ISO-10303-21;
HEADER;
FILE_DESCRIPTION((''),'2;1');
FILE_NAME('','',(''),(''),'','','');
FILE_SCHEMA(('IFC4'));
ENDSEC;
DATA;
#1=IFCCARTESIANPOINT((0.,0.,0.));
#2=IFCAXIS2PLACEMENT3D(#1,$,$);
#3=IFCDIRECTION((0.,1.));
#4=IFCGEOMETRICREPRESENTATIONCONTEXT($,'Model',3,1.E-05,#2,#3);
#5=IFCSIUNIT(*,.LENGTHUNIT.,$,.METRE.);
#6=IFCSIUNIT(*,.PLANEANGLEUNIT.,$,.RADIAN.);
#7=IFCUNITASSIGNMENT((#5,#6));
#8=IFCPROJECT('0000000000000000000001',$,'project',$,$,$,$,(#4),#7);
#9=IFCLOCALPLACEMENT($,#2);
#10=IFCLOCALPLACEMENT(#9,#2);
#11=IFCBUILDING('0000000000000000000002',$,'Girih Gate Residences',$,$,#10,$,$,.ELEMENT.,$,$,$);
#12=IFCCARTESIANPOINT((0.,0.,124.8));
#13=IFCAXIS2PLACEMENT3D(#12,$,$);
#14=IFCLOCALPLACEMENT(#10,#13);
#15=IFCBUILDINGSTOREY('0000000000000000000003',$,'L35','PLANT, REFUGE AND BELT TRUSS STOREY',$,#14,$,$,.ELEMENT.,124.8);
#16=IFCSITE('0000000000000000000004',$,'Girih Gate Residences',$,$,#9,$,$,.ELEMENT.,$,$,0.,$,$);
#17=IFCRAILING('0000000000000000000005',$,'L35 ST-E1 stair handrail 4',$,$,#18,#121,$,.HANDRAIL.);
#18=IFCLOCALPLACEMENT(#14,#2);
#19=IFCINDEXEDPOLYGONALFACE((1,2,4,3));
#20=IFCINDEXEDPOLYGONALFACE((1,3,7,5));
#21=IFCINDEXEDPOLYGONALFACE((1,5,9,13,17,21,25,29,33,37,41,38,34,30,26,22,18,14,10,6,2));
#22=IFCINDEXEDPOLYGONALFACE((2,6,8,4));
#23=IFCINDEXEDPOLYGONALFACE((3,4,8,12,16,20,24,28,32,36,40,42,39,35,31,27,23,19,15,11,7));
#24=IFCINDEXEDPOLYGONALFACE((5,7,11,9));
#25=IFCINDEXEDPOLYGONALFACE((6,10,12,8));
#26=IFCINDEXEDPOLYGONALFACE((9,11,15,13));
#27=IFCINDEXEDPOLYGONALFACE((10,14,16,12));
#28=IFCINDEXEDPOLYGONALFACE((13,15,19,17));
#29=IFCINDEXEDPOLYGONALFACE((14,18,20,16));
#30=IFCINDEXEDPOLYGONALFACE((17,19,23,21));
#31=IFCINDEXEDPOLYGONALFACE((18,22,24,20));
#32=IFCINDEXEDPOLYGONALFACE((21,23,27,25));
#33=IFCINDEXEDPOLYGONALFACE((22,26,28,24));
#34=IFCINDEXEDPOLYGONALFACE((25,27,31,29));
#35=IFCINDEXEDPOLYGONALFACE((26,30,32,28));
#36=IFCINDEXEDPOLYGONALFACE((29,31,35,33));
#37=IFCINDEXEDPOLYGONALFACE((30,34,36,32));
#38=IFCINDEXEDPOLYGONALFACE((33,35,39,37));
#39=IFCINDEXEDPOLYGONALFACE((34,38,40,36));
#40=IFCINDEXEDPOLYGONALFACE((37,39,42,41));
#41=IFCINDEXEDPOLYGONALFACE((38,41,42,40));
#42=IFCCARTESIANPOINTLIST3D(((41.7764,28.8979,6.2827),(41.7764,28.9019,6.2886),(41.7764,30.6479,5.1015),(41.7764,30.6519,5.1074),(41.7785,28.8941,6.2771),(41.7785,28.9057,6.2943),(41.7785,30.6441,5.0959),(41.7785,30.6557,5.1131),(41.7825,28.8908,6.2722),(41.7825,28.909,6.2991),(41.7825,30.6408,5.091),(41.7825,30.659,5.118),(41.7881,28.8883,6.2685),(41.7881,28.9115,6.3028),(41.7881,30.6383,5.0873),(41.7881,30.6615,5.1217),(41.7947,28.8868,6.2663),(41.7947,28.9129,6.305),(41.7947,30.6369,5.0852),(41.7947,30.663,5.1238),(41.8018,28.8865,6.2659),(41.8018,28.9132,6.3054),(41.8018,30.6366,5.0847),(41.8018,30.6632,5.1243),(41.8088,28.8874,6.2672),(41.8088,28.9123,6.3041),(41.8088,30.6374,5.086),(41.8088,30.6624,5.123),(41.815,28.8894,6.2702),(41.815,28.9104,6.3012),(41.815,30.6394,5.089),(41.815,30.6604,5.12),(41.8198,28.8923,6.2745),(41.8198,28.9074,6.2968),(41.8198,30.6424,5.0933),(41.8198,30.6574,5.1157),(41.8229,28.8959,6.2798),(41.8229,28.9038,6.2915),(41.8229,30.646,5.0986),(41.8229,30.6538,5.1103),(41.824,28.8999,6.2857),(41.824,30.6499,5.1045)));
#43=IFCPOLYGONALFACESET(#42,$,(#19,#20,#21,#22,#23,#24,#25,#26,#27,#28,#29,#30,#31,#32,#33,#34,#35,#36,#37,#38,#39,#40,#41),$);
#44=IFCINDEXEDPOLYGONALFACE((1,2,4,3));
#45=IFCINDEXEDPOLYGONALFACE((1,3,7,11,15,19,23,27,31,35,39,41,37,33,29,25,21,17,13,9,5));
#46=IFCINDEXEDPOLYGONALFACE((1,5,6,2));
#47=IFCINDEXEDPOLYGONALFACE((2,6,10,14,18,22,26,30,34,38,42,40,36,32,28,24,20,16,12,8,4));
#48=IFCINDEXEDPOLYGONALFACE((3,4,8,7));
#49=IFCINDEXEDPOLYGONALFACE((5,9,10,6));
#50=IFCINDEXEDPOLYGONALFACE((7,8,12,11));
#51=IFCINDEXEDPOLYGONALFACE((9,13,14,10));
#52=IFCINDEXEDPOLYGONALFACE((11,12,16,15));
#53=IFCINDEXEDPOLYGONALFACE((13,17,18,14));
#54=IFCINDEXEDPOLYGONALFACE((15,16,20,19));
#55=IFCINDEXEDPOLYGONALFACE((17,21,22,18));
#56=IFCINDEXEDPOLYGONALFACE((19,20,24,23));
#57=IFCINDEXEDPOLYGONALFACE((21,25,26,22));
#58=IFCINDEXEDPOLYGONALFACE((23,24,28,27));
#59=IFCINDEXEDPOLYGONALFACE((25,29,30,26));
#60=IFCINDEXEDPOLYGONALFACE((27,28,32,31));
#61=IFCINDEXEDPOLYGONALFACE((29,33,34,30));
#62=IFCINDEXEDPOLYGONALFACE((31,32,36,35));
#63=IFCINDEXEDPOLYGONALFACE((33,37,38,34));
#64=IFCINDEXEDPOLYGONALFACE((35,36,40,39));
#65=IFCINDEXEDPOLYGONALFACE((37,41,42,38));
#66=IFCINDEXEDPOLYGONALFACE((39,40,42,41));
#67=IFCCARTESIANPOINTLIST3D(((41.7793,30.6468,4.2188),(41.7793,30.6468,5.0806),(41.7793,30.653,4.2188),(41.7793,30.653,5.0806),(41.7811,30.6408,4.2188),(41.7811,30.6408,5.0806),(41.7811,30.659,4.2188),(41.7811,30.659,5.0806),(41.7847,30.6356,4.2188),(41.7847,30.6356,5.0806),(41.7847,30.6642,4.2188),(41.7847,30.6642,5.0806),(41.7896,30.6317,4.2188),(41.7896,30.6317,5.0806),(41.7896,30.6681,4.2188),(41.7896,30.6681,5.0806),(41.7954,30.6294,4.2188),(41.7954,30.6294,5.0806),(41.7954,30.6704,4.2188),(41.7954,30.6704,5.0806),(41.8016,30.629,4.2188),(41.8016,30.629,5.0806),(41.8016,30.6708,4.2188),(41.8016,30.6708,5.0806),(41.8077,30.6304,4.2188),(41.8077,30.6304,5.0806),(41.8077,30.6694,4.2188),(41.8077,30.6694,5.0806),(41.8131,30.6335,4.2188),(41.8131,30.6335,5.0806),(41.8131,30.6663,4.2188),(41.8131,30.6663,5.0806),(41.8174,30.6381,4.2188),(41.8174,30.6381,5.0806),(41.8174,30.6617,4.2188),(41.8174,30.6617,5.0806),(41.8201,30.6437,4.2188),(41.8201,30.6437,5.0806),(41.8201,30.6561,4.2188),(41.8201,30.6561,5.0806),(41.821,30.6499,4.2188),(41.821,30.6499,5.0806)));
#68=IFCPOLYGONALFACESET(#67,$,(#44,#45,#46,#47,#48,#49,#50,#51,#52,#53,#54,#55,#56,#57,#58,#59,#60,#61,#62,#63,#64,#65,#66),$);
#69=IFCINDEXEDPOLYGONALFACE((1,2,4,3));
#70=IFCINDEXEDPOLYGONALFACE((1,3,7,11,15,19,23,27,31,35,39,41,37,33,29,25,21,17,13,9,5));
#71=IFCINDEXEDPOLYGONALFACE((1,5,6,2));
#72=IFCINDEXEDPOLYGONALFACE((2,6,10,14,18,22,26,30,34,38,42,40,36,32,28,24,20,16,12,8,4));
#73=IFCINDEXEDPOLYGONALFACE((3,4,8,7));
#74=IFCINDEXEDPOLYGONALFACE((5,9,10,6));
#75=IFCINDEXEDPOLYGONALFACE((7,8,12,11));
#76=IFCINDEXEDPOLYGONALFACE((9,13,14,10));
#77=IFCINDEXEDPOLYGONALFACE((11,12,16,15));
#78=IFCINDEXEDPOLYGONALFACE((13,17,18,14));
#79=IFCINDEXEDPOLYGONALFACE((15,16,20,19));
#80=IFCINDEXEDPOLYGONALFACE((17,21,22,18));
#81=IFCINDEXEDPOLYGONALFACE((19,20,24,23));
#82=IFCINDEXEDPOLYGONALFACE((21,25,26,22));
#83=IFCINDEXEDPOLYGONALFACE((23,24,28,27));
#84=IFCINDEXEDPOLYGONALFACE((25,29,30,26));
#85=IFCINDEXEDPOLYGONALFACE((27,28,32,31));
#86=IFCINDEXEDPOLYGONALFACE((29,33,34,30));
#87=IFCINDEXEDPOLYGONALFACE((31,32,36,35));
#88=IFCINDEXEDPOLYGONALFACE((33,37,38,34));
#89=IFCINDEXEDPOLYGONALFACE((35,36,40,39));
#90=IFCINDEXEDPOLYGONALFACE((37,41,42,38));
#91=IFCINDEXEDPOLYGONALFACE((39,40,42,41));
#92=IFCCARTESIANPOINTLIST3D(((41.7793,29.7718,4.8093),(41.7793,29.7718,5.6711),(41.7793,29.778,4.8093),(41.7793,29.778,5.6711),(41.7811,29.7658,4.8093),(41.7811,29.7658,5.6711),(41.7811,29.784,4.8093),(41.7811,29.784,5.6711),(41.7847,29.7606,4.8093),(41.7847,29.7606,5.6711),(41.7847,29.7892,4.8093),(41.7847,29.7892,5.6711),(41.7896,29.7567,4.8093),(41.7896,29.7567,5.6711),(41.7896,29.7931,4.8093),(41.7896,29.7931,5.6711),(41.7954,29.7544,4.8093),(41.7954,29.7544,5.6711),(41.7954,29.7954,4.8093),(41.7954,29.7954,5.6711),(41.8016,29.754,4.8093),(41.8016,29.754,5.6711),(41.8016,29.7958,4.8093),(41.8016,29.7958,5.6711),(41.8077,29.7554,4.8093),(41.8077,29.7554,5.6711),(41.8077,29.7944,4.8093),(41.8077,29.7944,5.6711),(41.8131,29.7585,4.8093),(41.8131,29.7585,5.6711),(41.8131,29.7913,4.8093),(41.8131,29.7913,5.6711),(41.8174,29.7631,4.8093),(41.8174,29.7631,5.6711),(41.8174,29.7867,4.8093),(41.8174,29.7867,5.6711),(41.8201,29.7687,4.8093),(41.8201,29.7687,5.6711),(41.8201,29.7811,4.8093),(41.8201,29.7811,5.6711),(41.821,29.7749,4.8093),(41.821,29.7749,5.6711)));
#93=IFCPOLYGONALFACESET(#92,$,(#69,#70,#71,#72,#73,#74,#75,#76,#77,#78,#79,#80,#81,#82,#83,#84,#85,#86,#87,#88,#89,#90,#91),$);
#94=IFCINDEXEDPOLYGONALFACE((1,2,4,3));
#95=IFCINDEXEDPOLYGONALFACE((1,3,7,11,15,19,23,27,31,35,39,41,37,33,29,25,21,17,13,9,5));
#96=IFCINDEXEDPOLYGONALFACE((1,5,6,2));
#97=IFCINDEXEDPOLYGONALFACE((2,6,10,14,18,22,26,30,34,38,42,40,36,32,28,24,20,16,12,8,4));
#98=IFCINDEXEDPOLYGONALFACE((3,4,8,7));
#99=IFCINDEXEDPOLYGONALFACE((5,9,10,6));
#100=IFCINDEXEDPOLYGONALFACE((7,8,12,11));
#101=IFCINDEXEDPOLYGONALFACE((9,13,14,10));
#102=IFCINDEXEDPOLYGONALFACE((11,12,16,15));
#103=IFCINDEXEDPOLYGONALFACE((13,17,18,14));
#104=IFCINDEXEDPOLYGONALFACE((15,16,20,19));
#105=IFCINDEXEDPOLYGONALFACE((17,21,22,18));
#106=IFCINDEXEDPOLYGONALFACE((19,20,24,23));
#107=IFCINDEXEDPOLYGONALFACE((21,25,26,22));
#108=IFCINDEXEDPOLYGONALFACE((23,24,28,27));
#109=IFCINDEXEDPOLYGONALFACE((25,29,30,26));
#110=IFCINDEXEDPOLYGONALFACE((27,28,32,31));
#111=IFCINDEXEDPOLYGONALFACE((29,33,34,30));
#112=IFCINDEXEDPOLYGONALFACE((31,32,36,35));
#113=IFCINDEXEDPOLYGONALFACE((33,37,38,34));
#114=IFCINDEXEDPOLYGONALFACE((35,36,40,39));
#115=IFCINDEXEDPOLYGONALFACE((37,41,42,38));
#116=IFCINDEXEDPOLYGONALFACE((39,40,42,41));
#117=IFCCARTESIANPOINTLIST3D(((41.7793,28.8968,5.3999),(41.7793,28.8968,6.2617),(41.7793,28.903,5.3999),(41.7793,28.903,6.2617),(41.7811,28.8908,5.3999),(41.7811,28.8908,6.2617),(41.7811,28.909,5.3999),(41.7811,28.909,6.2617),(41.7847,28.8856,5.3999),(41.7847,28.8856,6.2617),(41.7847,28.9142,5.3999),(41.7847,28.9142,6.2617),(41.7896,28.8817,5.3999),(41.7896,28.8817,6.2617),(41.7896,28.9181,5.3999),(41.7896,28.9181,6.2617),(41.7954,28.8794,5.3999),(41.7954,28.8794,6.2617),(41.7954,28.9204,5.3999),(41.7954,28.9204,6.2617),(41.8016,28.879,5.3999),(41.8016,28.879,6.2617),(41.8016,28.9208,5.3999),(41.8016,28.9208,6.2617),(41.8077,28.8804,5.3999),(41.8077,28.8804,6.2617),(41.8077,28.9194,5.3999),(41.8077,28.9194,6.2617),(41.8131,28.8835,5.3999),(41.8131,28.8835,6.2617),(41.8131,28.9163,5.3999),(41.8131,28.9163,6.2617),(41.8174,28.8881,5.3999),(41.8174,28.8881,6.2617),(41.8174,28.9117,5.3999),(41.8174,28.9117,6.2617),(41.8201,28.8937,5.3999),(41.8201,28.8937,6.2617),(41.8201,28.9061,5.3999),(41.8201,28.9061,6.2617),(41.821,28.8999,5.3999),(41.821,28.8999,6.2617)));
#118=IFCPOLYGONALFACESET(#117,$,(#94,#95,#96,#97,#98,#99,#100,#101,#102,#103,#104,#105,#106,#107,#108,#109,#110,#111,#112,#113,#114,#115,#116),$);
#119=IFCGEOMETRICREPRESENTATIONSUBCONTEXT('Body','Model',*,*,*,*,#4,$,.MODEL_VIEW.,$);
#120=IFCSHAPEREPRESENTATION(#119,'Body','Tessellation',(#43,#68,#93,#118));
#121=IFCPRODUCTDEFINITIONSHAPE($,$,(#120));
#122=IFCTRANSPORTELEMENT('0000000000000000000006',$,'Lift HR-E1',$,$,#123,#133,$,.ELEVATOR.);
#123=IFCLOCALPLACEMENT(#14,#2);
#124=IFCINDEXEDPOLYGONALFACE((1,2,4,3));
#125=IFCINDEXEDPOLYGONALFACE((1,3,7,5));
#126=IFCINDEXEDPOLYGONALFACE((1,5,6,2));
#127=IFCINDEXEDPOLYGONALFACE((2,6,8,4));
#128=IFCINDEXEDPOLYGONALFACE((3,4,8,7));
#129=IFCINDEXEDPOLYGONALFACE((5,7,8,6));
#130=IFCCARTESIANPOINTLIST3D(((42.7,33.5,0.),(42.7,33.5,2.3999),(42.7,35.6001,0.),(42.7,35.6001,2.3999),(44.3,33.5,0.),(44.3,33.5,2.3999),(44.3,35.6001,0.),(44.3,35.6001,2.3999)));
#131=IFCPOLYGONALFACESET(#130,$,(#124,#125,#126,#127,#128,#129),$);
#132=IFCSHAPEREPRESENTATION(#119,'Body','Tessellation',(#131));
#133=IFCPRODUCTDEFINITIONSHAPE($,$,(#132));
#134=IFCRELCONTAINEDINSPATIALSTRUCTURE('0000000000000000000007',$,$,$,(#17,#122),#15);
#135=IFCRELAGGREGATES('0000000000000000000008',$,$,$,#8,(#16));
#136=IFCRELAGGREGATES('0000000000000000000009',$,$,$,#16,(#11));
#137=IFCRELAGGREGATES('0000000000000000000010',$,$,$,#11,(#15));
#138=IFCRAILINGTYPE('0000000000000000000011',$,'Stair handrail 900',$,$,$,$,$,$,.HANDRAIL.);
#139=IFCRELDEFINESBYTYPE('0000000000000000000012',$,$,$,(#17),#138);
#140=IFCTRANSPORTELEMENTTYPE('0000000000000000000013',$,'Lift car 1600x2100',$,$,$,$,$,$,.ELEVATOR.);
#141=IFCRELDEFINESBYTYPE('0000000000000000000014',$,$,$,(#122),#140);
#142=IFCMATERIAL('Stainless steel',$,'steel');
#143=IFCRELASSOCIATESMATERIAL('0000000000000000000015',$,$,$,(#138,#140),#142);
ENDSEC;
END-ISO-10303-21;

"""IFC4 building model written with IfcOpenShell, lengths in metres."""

from ifc_helpers import new_model, si_unit, direction, frame, origin, origin_2d, place, context, subcontext, project, spatial, rectangle, circle, extrude, material, type_object, element, save


model = new_model("IFC4")

# Units and contexts
model_context = context("Model", 3, precision=1e-05, world=origin(), true_north=direction((0.0, 1.0)))
body_context = subcontext(model_context, "Body", "Model", "MODEL_VIEW")
ifc_project = project(units=[si_unit("LENGTHUNIT", "METRE"), si_unit("PLANEANGLEUNIT", "RADIAN")], contexts=[model_context])

# Site, building, storey
site_placement = place(None, origin())
site = spatial("IfcSite", under=ifc_project, at=site_placement, Name="Girih Gate Residences", CompositionType="ELEMENT", RefElevation=0.0)
building_placement = place(site_placement, origin())
building = spatial("IfcBuilding", under=site, at=building_placement, Name="Girih Gate Residences", CompositionType="ELEMENT")
storey_placement = place(building_placement, frame((0.0, 0.0, 124.8)))
storey = spatial("IfcBuildingStorey", under=building, at=storey_placement, Name="L35", Description="PLANT, REFUGE AND BELT TRUSS STOREY", CompositionType="ELEMENT", Elevation=124.8)

# Railing
ifc_material_1 = material(Name="Stainless steel", Category="steel")
railing_type_1 = type_object("IfcRailingType", Name="Stair handrail 900", PredefinedType="HANDRAIL", material=ifc_material_1)
railing_1_placement = place(storey_placement, frame((41.8, 30.6499, 4.2188)))
element("IfcRailing", 1, at=railing_1_placement, inside=storey, type_object=railing_type_1, Name="L35 ST-E1 stair handrail 4", PredefinedType="HANDRAIL", context=body_context, shape_type="SweptSolid", body=[
    extrude(circle(Radius=0.0239, at=origin_2d()), frame((0.0, 0.0, 0.8857), z_axis=(0.0, -0.82887, 0.559441), x_axis=(1.0, 0.0, 0.0)), (0.0, 0.0, 1.0), 2.1113),
    extrude(circle(Radius=0.021, at=origin_2d()), origin(), (0.0, 0.0, 1.0), 0.8618),
    extrude(circle(Radius=0.021, at=origin_2d()), frame((0.0, -0.875, 0.5906)), (0.0, 0.0, 1.0), 0.8618),
    extrude(circle(Radius=0.021, at=origin_2d()), frame((0.0, -1.75, 1.1812)), (0.0, 0.0, 1.0), 0.8618),
])

# Transport element
transport_element_type = type_object("IfcTransportElementType", Name="Lift car 1600x2100", PredefinedType="ELEVATOR", material=ifc_material_1)
transport_element_placement = place(storey_placement, frame((43.5, 34.55, 0.0), z_axis=(0.0, 0.0, 1.0), x_axis=(1.0, 0.0, 0.0)))
element("IfcTransportElement", 2, at=transport_element_placement, inside=storey, type_object=transport_element_type, Name="Lift HR-E1", PredefinedType="ELEVATOR", context=body_context, shape_type="SweptSolid", body=[
    extrude(rectangle(XDim=1.6001, YDim=2.1001, at=origin_2d()), origin(), (0.0, 0.0, 1.0), 2.3999),
])

save(model, "model.ifc")
